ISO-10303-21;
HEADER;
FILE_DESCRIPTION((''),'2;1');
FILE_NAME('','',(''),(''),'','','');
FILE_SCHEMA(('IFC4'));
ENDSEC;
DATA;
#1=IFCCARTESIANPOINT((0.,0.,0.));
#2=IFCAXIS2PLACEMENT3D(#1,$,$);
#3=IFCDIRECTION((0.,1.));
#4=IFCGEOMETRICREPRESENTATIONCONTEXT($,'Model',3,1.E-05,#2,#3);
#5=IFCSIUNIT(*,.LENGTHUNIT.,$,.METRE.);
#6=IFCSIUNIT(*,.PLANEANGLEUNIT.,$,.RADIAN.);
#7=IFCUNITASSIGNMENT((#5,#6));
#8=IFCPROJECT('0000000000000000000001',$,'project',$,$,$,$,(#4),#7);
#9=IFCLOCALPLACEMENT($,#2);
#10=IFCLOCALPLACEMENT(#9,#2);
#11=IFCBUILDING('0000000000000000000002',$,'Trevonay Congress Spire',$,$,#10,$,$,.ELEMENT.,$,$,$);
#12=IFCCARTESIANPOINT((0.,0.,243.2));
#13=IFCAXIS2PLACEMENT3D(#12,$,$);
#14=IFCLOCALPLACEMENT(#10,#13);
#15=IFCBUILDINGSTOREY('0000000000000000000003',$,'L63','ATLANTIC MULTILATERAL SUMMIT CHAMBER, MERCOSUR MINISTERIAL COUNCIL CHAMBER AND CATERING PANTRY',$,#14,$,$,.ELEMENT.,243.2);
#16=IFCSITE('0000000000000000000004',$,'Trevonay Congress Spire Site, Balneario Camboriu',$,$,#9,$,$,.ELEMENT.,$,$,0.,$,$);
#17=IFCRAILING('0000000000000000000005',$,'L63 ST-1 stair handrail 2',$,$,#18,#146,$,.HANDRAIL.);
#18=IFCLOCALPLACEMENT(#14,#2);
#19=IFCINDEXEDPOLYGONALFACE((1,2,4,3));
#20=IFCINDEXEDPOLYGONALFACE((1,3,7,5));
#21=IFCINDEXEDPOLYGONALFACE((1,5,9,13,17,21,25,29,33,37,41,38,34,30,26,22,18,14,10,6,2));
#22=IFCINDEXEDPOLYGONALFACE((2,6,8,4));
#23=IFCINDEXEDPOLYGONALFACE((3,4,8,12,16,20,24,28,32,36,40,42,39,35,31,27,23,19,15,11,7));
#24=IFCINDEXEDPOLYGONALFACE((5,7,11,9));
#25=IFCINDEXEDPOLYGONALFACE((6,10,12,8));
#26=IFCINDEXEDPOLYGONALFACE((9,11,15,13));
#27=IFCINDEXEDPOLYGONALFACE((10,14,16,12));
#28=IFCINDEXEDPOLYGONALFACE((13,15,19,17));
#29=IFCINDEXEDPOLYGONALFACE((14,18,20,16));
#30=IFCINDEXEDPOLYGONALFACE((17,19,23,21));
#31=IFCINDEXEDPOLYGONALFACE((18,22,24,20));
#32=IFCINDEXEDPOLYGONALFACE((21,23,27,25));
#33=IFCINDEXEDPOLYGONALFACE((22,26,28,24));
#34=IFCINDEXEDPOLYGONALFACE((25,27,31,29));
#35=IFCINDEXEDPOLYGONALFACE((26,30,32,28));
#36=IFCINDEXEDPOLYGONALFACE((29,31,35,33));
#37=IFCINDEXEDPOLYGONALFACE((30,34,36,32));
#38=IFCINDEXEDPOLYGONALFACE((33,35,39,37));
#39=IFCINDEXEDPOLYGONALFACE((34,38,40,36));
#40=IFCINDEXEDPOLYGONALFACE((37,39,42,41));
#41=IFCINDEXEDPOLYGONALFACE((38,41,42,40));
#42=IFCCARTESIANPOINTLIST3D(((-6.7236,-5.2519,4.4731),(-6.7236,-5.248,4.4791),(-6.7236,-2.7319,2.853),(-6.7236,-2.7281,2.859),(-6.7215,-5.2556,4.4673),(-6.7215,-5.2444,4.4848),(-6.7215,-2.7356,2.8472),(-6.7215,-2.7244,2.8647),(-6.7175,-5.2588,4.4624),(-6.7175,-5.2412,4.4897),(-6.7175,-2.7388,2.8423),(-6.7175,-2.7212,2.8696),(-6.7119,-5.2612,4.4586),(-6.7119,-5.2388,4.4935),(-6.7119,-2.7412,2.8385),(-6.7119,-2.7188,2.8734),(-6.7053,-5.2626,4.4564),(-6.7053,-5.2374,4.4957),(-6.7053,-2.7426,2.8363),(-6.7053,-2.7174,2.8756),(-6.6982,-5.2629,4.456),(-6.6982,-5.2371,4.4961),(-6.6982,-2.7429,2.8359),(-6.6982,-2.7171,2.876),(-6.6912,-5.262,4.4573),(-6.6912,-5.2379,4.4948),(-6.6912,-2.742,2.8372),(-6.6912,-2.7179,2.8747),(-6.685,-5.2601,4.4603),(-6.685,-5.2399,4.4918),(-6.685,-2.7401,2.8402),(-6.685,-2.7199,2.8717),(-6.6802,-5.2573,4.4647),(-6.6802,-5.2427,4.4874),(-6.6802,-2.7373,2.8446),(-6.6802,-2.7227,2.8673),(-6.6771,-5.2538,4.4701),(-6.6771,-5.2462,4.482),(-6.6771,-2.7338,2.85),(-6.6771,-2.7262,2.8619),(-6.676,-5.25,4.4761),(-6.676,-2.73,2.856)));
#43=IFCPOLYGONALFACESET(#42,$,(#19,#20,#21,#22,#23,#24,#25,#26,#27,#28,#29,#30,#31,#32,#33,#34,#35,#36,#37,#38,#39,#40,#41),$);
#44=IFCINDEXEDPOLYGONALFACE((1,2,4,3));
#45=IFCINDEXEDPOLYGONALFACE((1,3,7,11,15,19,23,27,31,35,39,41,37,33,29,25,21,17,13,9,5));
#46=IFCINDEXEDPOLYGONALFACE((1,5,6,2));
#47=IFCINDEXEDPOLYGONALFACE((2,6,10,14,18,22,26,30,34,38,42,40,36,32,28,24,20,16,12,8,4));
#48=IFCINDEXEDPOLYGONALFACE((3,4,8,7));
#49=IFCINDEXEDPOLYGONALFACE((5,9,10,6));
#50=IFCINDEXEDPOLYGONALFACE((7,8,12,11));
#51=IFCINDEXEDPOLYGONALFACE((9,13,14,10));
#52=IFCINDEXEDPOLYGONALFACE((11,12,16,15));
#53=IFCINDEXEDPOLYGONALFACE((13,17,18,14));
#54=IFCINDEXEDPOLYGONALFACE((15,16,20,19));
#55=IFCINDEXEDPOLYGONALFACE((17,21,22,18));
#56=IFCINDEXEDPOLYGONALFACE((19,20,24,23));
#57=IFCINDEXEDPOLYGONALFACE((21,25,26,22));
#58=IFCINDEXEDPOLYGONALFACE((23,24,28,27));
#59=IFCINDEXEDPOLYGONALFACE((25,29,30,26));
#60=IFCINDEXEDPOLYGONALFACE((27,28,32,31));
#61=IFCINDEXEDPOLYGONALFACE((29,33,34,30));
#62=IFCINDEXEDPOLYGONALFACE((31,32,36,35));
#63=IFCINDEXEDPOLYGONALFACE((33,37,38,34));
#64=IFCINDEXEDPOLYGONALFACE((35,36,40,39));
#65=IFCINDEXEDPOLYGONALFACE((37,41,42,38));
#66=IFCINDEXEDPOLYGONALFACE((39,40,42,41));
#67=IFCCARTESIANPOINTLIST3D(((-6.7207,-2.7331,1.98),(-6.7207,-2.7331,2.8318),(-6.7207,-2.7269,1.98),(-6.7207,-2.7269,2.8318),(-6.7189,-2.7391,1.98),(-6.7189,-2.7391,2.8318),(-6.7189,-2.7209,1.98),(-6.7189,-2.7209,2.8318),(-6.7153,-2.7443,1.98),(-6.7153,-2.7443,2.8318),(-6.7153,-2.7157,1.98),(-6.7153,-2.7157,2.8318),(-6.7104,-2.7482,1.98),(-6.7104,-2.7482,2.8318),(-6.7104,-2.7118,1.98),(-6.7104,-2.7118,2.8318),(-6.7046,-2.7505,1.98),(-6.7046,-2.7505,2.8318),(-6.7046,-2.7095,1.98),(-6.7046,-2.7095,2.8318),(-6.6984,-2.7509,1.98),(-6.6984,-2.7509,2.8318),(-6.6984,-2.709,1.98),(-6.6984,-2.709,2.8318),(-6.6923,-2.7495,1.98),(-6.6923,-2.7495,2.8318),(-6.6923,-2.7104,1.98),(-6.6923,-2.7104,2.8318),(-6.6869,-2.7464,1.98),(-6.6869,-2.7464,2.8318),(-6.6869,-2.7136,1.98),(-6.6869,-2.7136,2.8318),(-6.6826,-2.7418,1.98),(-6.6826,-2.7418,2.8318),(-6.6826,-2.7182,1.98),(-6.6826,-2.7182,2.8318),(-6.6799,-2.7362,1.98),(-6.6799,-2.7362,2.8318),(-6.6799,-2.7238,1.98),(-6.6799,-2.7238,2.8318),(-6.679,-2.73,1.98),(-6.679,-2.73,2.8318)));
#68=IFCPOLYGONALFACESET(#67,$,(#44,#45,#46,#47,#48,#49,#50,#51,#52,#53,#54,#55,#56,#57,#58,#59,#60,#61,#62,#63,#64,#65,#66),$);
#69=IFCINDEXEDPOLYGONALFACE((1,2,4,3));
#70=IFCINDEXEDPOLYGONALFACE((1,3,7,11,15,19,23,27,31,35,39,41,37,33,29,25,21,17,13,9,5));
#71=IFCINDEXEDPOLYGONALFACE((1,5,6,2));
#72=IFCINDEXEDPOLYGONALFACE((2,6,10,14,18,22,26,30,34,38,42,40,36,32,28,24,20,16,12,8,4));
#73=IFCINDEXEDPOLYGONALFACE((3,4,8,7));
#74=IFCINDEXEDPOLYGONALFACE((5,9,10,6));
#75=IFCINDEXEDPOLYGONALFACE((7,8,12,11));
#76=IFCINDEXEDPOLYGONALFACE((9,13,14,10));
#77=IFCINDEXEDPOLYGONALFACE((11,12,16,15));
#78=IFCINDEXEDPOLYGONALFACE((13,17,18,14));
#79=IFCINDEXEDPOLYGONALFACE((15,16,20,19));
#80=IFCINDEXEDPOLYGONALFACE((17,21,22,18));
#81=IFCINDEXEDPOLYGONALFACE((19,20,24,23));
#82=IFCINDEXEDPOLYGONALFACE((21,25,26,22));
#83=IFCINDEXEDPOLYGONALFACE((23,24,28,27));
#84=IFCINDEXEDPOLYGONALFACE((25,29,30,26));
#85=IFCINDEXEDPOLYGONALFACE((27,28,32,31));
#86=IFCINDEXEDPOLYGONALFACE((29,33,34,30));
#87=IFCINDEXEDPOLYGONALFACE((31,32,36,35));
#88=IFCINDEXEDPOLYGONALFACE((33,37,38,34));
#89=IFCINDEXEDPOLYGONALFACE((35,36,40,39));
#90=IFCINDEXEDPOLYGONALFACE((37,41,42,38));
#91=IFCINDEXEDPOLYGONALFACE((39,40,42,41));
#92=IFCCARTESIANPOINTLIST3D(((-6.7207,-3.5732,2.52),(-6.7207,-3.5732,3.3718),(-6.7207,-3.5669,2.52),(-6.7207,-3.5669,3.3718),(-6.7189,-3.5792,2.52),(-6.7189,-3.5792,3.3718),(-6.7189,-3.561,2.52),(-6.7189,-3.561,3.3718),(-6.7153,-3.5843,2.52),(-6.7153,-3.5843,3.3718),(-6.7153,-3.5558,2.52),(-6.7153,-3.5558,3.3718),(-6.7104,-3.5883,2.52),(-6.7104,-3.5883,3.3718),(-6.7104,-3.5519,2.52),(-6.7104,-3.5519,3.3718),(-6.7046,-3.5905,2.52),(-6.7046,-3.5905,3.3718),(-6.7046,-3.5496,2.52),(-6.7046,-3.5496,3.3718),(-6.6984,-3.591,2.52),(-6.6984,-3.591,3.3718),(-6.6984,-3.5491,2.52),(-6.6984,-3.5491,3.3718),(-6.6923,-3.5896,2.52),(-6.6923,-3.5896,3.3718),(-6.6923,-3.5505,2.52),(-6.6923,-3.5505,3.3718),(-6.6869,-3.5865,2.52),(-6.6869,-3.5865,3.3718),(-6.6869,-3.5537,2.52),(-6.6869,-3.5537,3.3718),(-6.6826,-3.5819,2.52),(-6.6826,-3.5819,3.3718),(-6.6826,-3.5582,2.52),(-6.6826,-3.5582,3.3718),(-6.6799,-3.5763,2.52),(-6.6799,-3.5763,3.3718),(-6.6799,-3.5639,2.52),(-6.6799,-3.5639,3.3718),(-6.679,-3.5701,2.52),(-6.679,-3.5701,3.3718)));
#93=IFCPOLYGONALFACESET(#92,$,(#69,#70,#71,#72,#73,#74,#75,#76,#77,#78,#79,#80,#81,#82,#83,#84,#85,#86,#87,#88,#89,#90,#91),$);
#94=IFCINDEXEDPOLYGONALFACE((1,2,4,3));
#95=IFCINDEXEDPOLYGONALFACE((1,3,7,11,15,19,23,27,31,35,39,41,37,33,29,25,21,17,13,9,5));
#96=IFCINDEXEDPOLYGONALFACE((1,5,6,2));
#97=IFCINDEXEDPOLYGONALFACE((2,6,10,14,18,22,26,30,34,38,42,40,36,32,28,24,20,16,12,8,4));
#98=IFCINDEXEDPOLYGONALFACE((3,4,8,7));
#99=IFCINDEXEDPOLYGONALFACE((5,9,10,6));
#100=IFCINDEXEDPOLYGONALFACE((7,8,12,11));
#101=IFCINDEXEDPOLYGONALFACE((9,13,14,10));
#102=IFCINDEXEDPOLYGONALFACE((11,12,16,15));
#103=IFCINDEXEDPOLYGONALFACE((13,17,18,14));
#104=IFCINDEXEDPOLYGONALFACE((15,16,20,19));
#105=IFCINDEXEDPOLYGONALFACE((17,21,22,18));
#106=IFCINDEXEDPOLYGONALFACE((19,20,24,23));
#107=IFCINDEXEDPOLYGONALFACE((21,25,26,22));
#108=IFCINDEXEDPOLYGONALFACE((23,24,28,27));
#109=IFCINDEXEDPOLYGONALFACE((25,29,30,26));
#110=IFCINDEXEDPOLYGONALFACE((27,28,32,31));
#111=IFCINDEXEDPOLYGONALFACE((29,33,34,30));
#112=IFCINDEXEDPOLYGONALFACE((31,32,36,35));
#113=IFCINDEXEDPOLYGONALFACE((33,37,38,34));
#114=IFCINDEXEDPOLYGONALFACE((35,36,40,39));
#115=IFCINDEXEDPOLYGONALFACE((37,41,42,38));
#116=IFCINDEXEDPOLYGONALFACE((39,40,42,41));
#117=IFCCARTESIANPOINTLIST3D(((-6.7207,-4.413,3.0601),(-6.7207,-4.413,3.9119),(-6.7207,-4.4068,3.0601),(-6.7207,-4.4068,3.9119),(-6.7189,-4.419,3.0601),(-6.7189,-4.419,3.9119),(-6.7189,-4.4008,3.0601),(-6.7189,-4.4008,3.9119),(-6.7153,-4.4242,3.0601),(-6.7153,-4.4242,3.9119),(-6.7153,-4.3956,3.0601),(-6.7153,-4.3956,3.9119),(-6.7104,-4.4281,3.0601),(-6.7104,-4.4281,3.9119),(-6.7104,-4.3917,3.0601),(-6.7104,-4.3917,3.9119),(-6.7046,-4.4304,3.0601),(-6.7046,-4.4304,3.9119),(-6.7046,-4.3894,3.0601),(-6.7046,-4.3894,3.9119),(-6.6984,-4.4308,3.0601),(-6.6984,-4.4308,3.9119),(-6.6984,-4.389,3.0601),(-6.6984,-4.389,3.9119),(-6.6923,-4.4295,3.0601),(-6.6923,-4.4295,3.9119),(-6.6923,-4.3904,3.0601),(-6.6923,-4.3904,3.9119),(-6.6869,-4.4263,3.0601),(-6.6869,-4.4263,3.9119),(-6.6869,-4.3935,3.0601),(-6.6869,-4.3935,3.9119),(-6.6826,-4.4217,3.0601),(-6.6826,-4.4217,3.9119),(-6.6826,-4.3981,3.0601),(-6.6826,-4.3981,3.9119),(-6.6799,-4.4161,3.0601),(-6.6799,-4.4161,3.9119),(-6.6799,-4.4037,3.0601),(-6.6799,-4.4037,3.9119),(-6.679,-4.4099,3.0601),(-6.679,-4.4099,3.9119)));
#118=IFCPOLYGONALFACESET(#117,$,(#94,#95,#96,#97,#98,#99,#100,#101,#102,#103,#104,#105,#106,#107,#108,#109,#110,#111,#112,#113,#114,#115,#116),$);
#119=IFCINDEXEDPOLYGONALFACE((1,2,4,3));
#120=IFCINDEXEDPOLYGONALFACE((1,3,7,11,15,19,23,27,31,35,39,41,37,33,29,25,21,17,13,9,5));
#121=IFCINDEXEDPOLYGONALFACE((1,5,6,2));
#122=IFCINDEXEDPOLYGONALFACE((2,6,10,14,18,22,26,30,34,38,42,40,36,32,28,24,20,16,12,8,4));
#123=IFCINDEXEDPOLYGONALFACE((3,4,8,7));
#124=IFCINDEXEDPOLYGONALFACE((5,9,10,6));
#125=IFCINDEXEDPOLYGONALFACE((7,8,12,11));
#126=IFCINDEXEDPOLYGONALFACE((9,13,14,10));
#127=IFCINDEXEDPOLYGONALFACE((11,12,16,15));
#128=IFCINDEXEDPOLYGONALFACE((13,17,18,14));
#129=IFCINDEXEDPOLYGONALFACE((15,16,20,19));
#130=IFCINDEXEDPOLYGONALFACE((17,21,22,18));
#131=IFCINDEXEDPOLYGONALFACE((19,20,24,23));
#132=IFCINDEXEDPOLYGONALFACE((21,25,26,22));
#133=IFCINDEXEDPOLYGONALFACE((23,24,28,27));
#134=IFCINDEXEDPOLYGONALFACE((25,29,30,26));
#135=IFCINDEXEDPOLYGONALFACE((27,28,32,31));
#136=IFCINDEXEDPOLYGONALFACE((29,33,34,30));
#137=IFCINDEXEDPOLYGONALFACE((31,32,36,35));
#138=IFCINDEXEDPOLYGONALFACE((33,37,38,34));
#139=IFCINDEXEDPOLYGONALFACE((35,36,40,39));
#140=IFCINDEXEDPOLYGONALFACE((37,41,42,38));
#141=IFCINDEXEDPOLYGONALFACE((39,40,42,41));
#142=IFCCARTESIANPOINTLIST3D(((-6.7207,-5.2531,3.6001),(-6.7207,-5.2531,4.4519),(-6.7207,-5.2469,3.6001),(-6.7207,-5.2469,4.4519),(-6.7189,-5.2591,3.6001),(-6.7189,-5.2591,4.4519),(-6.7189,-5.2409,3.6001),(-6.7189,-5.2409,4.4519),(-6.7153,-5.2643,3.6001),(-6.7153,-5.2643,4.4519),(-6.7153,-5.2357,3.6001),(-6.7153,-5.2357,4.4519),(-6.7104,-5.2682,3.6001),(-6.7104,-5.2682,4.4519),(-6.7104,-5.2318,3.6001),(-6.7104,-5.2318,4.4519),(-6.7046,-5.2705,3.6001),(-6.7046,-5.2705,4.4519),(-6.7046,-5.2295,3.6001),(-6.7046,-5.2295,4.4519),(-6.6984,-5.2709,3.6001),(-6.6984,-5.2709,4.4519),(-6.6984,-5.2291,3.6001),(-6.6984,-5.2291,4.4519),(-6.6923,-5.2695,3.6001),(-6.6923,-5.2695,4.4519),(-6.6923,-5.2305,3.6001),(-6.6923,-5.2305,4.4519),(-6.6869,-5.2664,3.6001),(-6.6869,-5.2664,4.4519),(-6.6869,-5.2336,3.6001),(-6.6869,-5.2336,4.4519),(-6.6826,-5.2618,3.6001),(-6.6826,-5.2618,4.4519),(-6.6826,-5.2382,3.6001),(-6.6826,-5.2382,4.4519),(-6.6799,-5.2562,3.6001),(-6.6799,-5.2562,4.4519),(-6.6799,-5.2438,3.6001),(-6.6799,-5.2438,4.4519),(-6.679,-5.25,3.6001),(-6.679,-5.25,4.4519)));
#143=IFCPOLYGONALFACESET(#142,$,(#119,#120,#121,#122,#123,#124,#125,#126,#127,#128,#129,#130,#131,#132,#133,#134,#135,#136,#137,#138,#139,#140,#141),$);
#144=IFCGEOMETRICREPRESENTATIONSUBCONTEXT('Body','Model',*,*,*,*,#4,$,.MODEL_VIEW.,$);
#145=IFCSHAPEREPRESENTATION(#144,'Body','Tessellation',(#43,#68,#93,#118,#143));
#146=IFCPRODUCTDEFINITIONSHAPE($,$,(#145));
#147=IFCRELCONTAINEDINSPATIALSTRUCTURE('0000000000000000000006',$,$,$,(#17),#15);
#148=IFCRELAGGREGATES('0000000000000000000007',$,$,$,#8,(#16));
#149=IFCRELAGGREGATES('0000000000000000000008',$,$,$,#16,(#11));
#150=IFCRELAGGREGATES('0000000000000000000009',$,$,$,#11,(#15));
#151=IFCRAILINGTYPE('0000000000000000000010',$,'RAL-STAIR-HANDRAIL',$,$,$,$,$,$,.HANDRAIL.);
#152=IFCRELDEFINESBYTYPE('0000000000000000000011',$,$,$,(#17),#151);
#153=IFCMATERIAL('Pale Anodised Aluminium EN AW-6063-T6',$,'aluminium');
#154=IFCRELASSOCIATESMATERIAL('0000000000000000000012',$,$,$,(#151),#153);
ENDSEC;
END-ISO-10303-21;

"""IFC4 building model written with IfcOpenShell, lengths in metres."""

from ifc_helpers import new_model, si_unit, direction, frame, origin, origin_2d, place, context, subcontext, project, spatial, circle, extrude, material, type_object, element, save


model = new_model("IFC4")

# Units and contexts
model_context = context("Model", 3, precision=1e-05, world=origin(), true_north=direction((0.0, 1.0)))
body_context = subcontext(model_context, "Body", "Model", "MODEL_VIEW")
ifc_project = project(units=[si_unit("LENGTHUNIT", "METRE"), si_unit("PLANEANGLEUNIT", "RADIAN")], contexts=[model_context])

# Site, building, storey
site_placement = place(None, origin())
site = spatial("IfcSite", under=ifc_project, at=site_placement, Name="Trevonay Congress Spire Site, Balneario Camboriu", CompositionType="ELEMENT", RefElevation=0.0)
building_placement = place(site_placement, origin())
building = spatial("IfcBuilding", under=site, at=building_placement, Name="Trevonay Congress Spire", CompositionType="ELEMENT")
storey_placement = place(building_placement, frame((0.0, 0.0, 243.2)))
storey = spatial("IfcBuildingStorey", under=building, at=storey_placement, Name="L63", Description="ATLANTIC MULTILATERAL SUMMIT CHAMBER, MERCOSUR MINISTERIAL COUNCIL CHAMBER AND CATERING PANTRY", CompositionType="ELEMENT", Elevation=243.2)

# Railing
ifc_material_1 = material(Name="Pale Anodised Aluminium EN AW-6063-T6", Category="aluminium")
railing_type_1 = type_object("IfcRailingType", Name="RAL-STAIR-HANDRAIL", PredefinedType="HANDRAIL", material=ifc_material_1)
railing_1_placement = place(storey_placement, frame((-6.7, -2.73, 1.98)))
element("IfcRailing", 1, at=railing_1_placement, inside=storey, type_object=railing_type_1, Name="L63 ST-1 stair handrail 2", PredefinedType="HANDRAIL", context=body_context, shape_type="SweptSolid", body=[
    extrude(circle(Radius=0.0239, at=origin_2d()), frame((0.0, 0.0, 0.876), z_axis=(0.0, -0.841163, 0.540782), x_axis=(1.0, 0.0, 0.0)), (0.0, 0.0, 1.0), 2.9958),
    extrude(circle(Radius=0.021, at=origin_2d()), origin(), (0.0, 0.0, 1.0), 0.8518),
    extrude(circle(Radius=0.021, at=origin_2d()), frame((0.0, -0.8401, 0.54)), (0.0, 0.0, 1.0), 0.8518),
    extrude(circle(Radius=0.021, at=origin_2d()), frame((0.0, -1.6799, 1.0801)), (0.0, 0.0, 1.0), 0.8518),
    extrude(circle(Radius=0.021, at=origin_2d()), frame((0.0, -2.52, 1.6201)), (0.0, 0.0, 1.0), 0.8518),
])

save(model, "model.ifc")
